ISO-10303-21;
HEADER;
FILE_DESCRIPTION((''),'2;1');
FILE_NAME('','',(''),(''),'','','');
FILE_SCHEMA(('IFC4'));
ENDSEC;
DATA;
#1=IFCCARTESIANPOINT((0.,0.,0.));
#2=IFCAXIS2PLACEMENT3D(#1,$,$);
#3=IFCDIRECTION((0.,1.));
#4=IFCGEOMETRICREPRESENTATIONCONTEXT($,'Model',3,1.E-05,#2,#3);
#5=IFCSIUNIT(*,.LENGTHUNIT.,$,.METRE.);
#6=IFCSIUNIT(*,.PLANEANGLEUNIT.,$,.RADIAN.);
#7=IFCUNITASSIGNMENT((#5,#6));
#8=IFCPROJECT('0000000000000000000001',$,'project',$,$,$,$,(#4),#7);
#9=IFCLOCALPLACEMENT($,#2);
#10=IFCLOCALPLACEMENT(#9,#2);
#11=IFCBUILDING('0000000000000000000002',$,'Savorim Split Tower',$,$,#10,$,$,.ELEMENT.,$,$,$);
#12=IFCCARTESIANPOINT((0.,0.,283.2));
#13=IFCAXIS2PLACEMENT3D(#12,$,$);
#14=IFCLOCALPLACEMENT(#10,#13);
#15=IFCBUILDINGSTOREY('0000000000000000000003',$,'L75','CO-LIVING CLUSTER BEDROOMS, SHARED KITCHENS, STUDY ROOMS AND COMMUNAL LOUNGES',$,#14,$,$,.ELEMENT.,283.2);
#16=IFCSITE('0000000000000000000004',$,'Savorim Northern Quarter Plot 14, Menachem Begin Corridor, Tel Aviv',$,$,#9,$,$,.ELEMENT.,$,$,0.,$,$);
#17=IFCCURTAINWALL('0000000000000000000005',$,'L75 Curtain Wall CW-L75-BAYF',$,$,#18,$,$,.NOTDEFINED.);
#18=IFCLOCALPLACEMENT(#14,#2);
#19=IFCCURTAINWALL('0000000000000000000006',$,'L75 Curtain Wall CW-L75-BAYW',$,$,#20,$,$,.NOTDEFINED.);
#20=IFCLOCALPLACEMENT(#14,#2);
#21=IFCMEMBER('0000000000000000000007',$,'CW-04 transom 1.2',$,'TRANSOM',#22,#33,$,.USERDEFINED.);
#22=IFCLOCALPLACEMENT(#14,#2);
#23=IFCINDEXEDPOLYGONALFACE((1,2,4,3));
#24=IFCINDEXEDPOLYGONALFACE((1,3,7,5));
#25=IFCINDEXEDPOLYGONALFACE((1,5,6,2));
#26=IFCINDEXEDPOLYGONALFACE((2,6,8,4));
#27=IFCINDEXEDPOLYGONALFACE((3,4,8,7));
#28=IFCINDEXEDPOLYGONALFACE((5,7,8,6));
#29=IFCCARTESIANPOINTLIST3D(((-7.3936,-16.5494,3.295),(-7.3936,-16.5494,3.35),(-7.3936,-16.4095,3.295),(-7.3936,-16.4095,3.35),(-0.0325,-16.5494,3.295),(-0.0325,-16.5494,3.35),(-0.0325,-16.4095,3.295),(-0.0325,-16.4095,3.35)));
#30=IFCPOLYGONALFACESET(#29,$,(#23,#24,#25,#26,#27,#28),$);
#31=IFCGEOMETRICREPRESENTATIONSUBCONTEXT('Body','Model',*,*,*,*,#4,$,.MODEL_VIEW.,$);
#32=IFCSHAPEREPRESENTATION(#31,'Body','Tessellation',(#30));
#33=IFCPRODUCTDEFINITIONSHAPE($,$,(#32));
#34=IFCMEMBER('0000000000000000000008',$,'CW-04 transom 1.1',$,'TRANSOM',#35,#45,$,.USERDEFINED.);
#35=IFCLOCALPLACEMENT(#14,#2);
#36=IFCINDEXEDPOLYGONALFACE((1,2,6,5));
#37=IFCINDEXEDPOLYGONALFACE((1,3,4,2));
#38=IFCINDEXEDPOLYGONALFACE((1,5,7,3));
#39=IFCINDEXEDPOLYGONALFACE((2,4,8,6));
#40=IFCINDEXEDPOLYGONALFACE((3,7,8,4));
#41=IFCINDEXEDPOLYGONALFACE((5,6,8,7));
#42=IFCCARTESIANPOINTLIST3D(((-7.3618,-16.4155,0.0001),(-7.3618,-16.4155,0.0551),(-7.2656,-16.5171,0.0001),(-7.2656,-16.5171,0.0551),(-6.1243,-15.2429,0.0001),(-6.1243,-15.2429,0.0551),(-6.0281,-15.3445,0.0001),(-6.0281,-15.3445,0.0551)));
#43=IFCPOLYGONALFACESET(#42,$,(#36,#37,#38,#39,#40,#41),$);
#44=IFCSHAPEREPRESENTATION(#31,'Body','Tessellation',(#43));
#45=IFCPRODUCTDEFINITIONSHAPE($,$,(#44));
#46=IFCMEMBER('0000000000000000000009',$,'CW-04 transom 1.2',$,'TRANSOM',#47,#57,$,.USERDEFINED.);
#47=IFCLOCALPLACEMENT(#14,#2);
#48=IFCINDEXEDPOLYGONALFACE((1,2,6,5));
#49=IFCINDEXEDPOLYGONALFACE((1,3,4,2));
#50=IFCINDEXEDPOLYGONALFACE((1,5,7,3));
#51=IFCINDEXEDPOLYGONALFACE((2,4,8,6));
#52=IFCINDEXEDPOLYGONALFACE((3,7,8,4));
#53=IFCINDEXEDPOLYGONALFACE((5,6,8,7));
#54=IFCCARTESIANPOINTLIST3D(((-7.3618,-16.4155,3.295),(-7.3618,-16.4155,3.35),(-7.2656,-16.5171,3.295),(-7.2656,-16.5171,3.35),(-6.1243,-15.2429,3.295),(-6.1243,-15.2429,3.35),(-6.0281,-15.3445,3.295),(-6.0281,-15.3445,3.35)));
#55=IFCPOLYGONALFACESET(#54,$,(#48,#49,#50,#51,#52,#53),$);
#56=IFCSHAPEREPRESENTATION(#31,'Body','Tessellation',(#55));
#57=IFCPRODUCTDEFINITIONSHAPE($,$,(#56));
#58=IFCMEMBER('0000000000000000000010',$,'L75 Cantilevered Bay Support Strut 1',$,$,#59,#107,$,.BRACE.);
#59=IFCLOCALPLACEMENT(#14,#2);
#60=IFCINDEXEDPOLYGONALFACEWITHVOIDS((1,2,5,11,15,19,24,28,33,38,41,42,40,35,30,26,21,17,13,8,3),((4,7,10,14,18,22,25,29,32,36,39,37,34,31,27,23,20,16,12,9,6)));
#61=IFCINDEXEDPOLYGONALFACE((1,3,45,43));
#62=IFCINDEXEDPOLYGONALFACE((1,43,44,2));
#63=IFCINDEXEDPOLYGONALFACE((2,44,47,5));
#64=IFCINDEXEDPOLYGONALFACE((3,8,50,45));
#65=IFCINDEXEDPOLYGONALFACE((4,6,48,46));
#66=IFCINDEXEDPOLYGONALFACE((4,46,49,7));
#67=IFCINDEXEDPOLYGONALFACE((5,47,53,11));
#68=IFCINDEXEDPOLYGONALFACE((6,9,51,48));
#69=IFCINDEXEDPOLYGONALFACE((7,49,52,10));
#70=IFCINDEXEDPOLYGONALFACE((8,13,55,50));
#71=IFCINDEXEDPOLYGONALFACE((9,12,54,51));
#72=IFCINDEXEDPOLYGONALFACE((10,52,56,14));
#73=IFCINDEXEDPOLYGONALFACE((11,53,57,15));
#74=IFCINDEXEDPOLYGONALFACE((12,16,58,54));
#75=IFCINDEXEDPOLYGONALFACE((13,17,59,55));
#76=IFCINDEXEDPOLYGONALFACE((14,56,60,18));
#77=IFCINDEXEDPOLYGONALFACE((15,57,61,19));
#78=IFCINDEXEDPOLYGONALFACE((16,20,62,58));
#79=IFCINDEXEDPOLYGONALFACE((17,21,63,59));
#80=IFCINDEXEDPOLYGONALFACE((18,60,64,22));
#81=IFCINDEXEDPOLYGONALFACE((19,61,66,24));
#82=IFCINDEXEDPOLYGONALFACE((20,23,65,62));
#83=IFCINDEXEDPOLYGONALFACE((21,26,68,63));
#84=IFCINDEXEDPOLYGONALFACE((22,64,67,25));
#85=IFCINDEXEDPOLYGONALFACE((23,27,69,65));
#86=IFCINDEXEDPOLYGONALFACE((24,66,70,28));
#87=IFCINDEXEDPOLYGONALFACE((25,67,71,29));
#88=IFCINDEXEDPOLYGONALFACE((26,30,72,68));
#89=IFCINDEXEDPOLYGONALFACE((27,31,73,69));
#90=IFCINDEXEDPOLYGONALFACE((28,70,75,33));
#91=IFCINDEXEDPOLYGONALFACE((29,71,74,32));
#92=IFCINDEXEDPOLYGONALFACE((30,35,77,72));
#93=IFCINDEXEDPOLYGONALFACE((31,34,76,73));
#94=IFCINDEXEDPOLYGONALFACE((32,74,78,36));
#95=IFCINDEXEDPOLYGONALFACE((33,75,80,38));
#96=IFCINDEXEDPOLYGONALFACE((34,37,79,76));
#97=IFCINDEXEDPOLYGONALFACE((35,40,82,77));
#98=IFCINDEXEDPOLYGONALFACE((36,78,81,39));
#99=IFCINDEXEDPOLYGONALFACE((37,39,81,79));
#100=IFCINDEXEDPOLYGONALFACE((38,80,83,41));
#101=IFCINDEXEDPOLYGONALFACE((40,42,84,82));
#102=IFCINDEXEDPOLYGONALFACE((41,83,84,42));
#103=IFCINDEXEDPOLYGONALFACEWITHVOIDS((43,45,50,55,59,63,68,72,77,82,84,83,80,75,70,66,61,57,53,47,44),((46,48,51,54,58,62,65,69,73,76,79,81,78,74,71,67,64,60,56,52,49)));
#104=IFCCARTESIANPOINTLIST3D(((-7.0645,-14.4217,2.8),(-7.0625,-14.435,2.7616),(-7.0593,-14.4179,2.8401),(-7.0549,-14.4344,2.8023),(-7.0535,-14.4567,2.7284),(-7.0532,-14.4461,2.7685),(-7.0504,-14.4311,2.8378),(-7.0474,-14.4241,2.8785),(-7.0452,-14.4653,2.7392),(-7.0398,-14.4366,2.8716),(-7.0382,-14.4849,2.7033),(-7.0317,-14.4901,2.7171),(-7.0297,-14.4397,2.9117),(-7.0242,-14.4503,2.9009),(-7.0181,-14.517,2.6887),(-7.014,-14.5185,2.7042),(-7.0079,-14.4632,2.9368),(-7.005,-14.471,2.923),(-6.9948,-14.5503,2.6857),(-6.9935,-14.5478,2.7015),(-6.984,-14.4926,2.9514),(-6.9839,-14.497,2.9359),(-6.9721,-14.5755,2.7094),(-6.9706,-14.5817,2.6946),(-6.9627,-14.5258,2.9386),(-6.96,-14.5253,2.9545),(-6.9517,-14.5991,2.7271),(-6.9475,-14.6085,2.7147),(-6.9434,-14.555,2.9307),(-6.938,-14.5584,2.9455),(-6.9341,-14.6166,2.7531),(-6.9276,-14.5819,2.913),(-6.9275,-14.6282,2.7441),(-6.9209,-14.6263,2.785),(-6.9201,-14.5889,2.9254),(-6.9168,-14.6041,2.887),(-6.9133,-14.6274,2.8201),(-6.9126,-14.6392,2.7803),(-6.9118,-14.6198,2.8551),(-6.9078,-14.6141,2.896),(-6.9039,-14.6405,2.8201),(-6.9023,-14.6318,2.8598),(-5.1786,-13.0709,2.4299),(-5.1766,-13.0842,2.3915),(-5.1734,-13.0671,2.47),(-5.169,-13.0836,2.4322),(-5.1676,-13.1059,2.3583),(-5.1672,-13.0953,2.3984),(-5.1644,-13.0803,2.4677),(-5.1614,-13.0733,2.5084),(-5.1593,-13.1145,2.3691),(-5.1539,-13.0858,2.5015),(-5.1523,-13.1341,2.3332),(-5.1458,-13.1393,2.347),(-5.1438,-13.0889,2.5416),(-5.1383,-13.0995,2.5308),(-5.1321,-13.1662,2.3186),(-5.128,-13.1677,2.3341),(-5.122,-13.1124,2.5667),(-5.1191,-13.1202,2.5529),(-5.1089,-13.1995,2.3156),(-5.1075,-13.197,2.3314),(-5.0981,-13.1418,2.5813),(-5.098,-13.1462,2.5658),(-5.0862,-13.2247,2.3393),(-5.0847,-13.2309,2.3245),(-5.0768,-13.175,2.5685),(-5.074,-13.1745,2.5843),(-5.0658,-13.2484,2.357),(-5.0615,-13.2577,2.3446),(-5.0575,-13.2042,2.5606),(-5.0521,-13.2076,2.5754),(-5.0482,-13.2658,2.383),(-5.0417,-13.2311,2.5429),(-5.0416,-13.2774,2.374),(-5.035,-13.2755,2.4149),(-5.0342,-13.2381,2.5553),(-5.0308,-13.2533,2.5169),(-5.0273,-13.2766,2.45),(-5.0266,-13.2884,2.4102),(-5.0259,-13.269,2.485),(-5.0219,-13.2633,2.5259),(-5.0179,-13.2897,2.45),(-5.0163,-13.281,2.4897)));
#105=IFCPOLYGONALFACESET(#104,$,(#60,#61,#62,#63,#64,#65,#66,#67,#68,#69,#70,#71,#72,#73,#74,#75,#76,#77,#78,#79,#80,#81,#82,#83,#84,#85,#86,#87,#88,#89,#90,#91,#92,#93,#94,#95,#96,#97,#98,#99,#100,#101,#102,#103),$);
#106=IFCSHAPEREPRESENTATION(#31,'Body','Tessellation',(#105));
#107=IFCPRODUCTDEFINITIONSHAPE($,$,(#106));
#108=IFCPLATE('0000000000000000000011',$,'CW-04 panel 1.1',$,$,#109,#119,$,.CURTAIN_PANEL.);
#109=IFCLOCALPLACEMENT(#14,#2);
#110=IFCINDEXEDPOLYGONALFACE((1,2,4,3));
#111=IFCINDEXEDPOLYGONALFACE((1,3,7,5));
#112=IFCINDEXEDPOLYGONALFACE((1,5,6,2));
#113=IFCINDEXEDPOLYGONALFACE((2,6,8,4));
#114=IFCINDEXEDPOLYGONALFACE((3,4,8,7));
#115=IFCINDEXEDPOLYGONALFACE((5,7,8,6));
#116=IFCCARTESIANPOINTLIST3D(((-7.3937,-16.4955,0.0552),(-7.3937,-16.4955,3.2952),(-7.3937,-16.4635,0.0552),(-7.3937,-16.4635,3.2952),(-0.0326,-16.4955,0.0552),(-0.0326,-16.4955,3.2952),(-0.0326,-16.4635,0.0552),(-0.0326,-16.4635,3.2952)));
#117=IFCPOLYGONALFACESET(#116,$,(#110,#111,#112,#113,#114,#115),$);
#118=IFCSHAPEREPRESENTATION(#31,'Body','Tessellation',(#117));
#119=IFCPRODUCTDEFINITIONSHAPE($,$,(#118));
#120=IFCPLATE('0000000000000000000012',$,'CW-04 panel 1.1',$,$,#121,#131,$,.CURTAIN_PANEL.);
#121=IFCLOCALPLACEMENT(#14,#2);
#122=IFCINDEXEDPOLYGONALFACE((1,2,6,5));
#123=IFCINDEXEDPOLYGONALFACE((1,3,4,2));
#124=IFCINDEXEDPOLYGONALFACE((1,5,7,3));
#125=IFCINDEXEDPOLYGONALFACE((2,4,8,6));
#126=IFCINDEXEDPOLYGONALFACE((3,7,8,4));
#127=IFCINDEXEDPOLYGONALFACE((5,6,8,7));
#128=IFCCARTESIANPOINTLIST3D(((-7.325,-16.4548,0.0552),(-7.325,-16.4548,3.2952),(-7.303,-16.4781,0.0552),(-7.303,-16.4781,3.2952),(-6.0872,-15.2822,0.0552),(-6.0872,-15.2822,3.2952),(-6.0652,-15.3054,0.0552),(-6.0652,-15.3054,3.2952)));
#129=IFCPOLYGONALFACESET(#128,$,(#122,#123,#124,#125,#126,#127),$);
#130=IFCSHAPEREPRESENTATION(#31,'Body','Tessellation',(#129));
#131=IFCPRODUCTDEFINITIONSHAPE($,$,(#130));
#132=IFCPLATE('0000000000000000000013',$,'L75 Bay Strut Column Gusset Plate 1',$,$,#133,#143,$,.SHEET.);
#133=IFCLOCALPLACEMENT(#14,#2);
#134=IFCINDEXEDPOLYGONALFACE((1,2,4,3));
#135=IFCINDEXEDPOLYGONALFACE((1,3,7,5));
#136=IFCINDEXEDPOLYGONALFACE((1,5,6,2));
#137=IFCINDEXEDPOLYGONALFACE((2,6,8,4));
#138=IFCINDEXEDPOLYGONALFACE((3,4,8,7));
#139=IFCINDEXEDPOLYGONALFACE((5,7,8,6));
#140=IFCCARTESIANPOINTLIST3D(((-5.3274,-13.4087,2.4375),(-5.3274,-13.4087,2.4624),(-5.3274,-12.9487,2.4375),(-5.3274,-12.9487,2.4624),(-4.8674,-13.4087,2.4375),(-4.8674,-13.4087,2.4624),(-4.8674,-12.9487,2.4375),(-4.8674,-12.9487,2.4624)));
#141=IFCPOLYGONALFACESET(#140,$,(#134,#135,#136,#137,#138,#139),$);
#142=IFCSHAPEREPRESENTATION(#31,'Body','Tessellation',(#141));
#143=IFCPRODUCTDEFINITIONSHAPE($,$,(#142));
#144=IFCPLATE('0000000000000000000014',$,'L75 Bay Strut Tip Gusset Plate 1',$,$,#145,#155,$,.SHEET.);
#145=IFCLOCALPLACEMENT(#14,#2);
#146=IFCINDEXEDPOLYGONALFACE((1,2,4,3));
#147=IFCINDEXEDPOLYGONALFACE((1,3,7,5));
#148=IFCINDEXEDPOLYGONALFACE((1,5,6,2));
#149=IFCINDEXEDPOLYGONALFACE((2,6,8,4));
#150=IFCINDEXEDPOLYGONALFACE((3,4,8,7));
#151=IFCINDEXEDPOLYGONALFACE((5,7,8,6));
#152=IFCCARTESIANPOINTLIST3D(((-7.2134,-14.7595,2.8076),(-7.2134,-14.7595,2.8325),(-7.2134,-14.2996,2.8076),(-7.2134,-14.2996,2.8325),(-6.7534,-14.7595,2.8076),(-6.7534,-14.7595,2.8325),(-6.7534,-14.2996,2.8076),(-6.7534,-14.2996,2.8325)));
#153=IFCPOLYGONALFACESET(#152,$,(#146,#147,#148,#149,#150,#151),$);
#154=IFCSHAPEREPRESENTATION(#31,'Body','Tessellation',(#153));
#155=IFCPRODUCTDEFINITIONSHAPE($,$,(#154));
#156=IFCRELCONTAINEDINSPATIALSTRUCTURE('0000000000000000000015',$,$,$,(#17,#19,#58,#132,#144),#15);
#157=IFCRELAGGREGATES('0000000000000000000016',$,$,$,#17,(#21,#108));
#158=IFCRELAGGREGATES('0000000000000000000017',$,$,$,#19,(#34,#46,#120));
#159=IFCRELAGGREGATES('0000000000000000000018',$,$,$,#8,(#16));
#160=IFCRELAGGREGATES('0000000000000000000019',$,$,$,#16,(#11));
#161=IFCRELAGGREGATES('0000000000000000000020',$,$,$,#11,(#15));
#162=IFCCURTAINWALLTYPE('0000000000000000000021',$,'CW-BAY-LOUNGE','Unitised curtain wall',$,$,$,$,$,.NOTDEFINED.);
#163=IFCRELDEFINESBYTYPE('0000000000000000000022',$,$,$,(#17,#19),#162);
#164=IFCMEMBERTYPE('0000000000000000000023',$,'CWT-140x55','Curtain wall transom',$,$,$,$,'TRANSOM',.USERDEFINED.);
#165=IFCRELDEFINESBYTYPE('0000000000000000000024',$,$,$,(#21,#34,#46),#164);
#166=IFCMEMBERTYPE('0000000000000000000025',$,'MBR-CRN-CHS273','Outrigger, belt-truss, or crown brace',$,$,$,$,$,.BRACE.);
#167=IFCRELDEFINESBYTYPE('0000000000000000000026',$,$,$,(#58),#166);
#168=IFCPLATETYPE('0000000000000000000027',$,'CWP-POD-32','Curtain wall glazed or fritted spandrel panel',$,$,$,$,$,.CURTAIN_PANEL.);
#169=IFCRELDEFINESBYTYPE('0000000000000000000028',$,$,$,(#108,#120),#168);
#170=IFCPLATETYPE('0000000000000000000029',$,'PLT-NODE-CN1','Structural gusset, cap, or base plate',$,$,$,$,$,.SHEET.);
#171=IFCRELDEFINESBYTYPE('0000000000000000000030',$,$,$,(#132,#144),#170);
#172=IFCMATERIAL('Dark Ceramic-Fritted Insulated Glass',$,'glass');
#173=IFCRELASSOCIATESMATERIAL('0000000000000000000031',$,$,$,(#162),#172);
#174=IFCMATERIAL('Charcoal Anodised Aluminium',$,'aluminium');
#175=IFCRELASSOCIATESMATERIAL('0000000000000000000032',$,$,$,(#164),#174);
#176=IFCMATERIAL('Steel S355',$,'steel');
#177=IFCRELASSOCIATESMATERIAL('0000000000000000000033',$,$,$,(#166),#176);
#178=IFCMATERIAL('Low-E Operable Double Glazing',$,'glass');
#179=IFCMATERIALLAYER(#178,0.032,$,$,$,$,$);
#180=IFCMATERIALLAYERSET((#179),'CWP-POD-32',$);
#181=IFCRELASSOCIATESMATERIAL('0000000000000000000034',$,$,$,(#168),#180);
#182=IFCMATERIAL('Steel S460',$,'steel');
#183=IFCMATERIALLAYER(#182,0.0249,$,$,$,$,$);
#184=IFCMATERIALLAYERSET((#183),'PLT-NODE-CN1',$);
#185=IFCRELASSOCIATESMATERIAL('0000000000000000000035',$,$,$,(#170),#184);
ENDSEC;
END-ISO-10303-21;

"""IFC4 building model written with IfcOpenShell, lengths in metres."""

from ifc_helpers import new_model, si_unit, direction, frame, origin, origin_2d, place, context, subcontext, project, spatial, rectangle, hollow_circle, extrude, material, layer, layer_set, material_profile, profile_set, type_object, element, aggregate, save


model = new_model("IFC4")

# Units and contexts
model_context = context("Model", 3, precision=1e-05, world=origin(), true_north=direction((0.0, 1.0)))
body_context = subcontext(model_context, "Body", "Model", "MODEL_VIEW")
ifc_project = project(units=[si_unit("LENGTHUNIT", "METRE"), si_unit("PLANEANGLEUNIT", "RADIAN")], contexts=[model_context])

# Site, building, storey
site_placement = place(None, origin())
site = spatial("IfcSite", under=ifc_project, at=site_placement, Name="Savorim Northern Quarter Plot 14, Menachem Begin Corridor, Tel Aviv", CompositionType="ELEMENT", RefElevation=0.0)
building_placement = place(site_placement, origin())
building = spatial("IfcBuilding", under=site, at=building_placement, Name="Savorim Split Tower", CompositionType="ELEMENT")
storey_placement = place(building_placement, frame((0.0, 0.0, 283.2)))
storey = spatial("IfcBuildingStorey", under=building, at=storey_placement, Name="L75", Description="CO-LIVING CLUSTER BEDROOMS, SHARED KITCHENS, STUDY ROOMS AND COMMUNAL LOUNGES", CompositionType="ELEMENT", Elevation=283.2)

# Shared definitions
ifc_material_1 = material(Name="Steel S355", Category="steel")

# Shared definitions
ifc_material_2 = material(Name="Dark Ceramic-Fritted Insulated Glass", Category="glass")
ifc_material_3 = material(Name="Charcoal Anodised Aluminium", Category="aluminium")

# Curtain walls
curtain_wall_type_1 = type_object("IfcCurtainWallType", Name="CW-BAY-LOUNGE", Description="Unitised curtain wall", PredefinedType="NOTDEFINED", material=ifc_material_2)
curtain_wall_1_placement = place(storey_placement, origin())
curtain_wall_1 = element("IfcCurtainWall", 1, at=curtain_wall_1_placement, inside=storey, type_object=curtain_wall_type_1, Name="L75 Curtain Wall CW-L75-BAYF", PredefinedType="NOTDEFINED")
curtain_wall_2_placement = place(storey_placement, origin())
curtain_wall_2 = element("IfcCurtainWall", 2, at=curtain_wall_2_placement, inside=storey, type_object=curtain_wall_type_1, Name="L75 Curtain Wall CW-L75-BAYW", PredefinedType="NOTDEFINED")

# Members
ifc_material_profile_1 = material_profile(ifc_material_3, rectangle(XDim=0.1399, YDim=0.0549, at=origin_2d()), Name="ALU-T 140x55")
ifc_profile_set_1 = profile_set([ifc_material_profile_1], Name="Charcoal Anodised Aluminium")
member_type_1 = type_object("IfcMemberType", Name="CWT-140x55", Description="Curtain wall transom", ElementType="TRANSOM", PredefinedType="USERDEFINED", material=ifc_profile_set_1)
member_1_placement = place(storey_placement, frame((-7.3936, -16.4795, 3.3225), z_axis=(1.0, 0.0, 0.0), x_axis=(0.0, 1.0, 0.0)))
member_1 = element("IfcMember", 3, at=member_1_placement, type_object=member_type_1, Name="CW-04 transom 1.2", ObjectType="TRANSOM", PredefinedType="USERDEFINED", context=body_context, shape_type="SweptSolid", body=[
    extrude(rectangle(XDim=0.1399, YDim=0.0549, at=origin_2d()), origin(), (0.0, 0.0, 1.0), 7.3611),
])
member_2_placement = place(storey_placement, frame((-6.0762, -15.2937, 0.0276), z_axis=(-0.725896, -0.687804, 0.0), x_axis=(0.687804, -0.725896, 0.0)))
member_2 = element("IfcMember", 4, at=member_2_placement, type_object=member_type_1, Name="CW-04 transom 1.1", ObjectType="TRANSOM", PredefinedType="USERDEFINED", context=body_context, shape_type="SweptSolid", body=[
    extrude(rectangle(XDim=0.1399, YDim=0.0549, at=origin_2d()), origin(), (0.0, 0.0, 1.0), 1.7048),
])
member_3_placement = place(storey_placement, frame((-6.0762, -15.2937, 3.3225), z_axis=(-0.725896, -0.687804, 0.0), x_axis=(0.687804, -0.725896, 0.0)))
member_3 = element("IfcMember", 5, at=member_3_placement, type_object=member_type_1, Name="CW-04 transom 1.2", ObjectType="TRANSOM", PredefinedType="USERDEFINED", context=body_context, shape_type="SweptSolid", body=[
    extrude(rectangle(XDim=0.1399, YDim=0.0549, at=origin_2d()), origin(), (0.0, 0.0, 1.0), 1.7048),
])
ifc_material_profile_2 = material_profile(ifc_material_1, hollow_circle(Radius=0.1365, WallThickness=0.0161, at=origin_2d()), Name="CHS 273x16")
ifc_profile_set_2 = profile_set([ifc_material_profile_2], Name="Steel S355")
member_type_2 = type_object("IfcMemberType", Name="MBR-CRN-CHS273", Description="Outrigger, belt-truss, or crown brace", PredefinedType="BRACE", material=ifc_profile_set_2)
member_4_placement = place(storey_placement, frame((-5.0974, -13.1787, 2.45), z_axis=(-0.802826, -0.575021, 0.157551), x_axis=(0.582293, -0.812979, 0.0)))
element("IfcMember", 6, at=member_4_placement, inside=storey, type_object=member_type_2, Name="L75 Cantilevered Bay Support Strut 1", PredefinedType="BRACE", context=body_context, shape_type="SweptSolid", body=[
    extrude(hollow_circle(Radius=0.1365, WallThickness=0.0161, at=origin_2d()), origin(), (0.0, 0.0, 1.0), 2.3491),
])

# Plates
ifc_material_4 = material(Name="Low-E Operable Double Glazing", Category="glass")
ifc_layer_1 = layer(ifc_material_4, 0.032)
ifc_layer_set_1 = layer_set([ifc_layer_1], Name="CWP-POD-32")
plate_type_1 = type_object("IfcPlateType", Name="CWP-POD-32", Description="Curtain wall glazed or fritted spandrel panel", PredefinedType="CURTAIN_PANEL", material=ifc_layer_set_1)
plate_1_placement = place(storey_placement, frame((-3.7131, -16.4795, 0.0552), z_axis=(0.0, 0.0, 1.0), x_axis=(1.0, 0.0, 0.0)))
plate_1 = element("IfcPlate", 7, at=plate_1_placement, type_object=plate_type_1, Name="CW-04 panel 1.1", PredefinedType="CURTAIN_PANEL", context=body_context, shape_type="SweptSolid", body=[
    extrude(rectangle(XDim=7.3611, YDim=0.032, at=origin_2d()), origin(), (0.0, 0.0, 1.0), 3.24),
])
aggregate(curtain_wall_1, [member_1, plate_1])
plate_2_placement = place(storey_placement, frame((-6.6951, -15.8801, 0.0552), z_axis=(0.0, 0.0, 1.0), x_axis=(-0.72595, -0.687748, 0.0)))
plate_2 = element("IfcPlate", 8, at=plate_2_placement, type_object=plate_type_1, Name="CW-04 panel 1.1", PredefinedType="CURTAIN_PANEL", context=body_context, shape_type="SweptSolid", body=[
    extrude(rectangle(XDim=1.7051, YDim=0.032, at=origin_2d()), origin(), (0.0, 0.0, 1.0), 3.24),
])
aggregate(curtain_wall_2, [member_2, member_3, plate_2])

# Plates
ifc_material_5 = material(Name="Steel S460", Category="steel")
ifc_layer_2 = layer(ifc_material_5, 0.0249)
ifc_layer_set_2 = layer_set([ifc_layer_2], Name="PLT-NODE-CN1")
plate_type_2 = type_object("IfcPlateType", Name="PLT-NODE-CN1", Description="Structural gusset, cap, or base plate", PredefinedType="SHEET", material=ifc_layer_set_2)
for number, where, z_axis, x_axis, name in (
    (9, (-5.0974, -13.1787, 2.4375), (0.0, 0.0, 1.0), (1.0, 0.0, 0.0), "L75 Bay Strut Column Gusset Plate 1"),
    (10, (-6.9834, -14.5295, 2.8076), (0.0, 0.0, 1.0), (1.0, 0.0, 0.0), "L75 Bay Strut Tip Gusset Plate 1"),
):
    element("IfcPlate", number, at=place(storey_placement, frame(where, z_axis=z_axis, x_axis=x_axis)), inside=storey, type_object=plate_type_2, Name=name, PredefinedType="SHEET", context=body_context, shape_type="SweptSolid", body=[
        extrude(rectangle(XDim=0.46, YDim=0.46, at=origin_2d()), origin(), (0.0, 0.0, 1.0), 0.0249),
    ])

save(model, "model.ifc")
